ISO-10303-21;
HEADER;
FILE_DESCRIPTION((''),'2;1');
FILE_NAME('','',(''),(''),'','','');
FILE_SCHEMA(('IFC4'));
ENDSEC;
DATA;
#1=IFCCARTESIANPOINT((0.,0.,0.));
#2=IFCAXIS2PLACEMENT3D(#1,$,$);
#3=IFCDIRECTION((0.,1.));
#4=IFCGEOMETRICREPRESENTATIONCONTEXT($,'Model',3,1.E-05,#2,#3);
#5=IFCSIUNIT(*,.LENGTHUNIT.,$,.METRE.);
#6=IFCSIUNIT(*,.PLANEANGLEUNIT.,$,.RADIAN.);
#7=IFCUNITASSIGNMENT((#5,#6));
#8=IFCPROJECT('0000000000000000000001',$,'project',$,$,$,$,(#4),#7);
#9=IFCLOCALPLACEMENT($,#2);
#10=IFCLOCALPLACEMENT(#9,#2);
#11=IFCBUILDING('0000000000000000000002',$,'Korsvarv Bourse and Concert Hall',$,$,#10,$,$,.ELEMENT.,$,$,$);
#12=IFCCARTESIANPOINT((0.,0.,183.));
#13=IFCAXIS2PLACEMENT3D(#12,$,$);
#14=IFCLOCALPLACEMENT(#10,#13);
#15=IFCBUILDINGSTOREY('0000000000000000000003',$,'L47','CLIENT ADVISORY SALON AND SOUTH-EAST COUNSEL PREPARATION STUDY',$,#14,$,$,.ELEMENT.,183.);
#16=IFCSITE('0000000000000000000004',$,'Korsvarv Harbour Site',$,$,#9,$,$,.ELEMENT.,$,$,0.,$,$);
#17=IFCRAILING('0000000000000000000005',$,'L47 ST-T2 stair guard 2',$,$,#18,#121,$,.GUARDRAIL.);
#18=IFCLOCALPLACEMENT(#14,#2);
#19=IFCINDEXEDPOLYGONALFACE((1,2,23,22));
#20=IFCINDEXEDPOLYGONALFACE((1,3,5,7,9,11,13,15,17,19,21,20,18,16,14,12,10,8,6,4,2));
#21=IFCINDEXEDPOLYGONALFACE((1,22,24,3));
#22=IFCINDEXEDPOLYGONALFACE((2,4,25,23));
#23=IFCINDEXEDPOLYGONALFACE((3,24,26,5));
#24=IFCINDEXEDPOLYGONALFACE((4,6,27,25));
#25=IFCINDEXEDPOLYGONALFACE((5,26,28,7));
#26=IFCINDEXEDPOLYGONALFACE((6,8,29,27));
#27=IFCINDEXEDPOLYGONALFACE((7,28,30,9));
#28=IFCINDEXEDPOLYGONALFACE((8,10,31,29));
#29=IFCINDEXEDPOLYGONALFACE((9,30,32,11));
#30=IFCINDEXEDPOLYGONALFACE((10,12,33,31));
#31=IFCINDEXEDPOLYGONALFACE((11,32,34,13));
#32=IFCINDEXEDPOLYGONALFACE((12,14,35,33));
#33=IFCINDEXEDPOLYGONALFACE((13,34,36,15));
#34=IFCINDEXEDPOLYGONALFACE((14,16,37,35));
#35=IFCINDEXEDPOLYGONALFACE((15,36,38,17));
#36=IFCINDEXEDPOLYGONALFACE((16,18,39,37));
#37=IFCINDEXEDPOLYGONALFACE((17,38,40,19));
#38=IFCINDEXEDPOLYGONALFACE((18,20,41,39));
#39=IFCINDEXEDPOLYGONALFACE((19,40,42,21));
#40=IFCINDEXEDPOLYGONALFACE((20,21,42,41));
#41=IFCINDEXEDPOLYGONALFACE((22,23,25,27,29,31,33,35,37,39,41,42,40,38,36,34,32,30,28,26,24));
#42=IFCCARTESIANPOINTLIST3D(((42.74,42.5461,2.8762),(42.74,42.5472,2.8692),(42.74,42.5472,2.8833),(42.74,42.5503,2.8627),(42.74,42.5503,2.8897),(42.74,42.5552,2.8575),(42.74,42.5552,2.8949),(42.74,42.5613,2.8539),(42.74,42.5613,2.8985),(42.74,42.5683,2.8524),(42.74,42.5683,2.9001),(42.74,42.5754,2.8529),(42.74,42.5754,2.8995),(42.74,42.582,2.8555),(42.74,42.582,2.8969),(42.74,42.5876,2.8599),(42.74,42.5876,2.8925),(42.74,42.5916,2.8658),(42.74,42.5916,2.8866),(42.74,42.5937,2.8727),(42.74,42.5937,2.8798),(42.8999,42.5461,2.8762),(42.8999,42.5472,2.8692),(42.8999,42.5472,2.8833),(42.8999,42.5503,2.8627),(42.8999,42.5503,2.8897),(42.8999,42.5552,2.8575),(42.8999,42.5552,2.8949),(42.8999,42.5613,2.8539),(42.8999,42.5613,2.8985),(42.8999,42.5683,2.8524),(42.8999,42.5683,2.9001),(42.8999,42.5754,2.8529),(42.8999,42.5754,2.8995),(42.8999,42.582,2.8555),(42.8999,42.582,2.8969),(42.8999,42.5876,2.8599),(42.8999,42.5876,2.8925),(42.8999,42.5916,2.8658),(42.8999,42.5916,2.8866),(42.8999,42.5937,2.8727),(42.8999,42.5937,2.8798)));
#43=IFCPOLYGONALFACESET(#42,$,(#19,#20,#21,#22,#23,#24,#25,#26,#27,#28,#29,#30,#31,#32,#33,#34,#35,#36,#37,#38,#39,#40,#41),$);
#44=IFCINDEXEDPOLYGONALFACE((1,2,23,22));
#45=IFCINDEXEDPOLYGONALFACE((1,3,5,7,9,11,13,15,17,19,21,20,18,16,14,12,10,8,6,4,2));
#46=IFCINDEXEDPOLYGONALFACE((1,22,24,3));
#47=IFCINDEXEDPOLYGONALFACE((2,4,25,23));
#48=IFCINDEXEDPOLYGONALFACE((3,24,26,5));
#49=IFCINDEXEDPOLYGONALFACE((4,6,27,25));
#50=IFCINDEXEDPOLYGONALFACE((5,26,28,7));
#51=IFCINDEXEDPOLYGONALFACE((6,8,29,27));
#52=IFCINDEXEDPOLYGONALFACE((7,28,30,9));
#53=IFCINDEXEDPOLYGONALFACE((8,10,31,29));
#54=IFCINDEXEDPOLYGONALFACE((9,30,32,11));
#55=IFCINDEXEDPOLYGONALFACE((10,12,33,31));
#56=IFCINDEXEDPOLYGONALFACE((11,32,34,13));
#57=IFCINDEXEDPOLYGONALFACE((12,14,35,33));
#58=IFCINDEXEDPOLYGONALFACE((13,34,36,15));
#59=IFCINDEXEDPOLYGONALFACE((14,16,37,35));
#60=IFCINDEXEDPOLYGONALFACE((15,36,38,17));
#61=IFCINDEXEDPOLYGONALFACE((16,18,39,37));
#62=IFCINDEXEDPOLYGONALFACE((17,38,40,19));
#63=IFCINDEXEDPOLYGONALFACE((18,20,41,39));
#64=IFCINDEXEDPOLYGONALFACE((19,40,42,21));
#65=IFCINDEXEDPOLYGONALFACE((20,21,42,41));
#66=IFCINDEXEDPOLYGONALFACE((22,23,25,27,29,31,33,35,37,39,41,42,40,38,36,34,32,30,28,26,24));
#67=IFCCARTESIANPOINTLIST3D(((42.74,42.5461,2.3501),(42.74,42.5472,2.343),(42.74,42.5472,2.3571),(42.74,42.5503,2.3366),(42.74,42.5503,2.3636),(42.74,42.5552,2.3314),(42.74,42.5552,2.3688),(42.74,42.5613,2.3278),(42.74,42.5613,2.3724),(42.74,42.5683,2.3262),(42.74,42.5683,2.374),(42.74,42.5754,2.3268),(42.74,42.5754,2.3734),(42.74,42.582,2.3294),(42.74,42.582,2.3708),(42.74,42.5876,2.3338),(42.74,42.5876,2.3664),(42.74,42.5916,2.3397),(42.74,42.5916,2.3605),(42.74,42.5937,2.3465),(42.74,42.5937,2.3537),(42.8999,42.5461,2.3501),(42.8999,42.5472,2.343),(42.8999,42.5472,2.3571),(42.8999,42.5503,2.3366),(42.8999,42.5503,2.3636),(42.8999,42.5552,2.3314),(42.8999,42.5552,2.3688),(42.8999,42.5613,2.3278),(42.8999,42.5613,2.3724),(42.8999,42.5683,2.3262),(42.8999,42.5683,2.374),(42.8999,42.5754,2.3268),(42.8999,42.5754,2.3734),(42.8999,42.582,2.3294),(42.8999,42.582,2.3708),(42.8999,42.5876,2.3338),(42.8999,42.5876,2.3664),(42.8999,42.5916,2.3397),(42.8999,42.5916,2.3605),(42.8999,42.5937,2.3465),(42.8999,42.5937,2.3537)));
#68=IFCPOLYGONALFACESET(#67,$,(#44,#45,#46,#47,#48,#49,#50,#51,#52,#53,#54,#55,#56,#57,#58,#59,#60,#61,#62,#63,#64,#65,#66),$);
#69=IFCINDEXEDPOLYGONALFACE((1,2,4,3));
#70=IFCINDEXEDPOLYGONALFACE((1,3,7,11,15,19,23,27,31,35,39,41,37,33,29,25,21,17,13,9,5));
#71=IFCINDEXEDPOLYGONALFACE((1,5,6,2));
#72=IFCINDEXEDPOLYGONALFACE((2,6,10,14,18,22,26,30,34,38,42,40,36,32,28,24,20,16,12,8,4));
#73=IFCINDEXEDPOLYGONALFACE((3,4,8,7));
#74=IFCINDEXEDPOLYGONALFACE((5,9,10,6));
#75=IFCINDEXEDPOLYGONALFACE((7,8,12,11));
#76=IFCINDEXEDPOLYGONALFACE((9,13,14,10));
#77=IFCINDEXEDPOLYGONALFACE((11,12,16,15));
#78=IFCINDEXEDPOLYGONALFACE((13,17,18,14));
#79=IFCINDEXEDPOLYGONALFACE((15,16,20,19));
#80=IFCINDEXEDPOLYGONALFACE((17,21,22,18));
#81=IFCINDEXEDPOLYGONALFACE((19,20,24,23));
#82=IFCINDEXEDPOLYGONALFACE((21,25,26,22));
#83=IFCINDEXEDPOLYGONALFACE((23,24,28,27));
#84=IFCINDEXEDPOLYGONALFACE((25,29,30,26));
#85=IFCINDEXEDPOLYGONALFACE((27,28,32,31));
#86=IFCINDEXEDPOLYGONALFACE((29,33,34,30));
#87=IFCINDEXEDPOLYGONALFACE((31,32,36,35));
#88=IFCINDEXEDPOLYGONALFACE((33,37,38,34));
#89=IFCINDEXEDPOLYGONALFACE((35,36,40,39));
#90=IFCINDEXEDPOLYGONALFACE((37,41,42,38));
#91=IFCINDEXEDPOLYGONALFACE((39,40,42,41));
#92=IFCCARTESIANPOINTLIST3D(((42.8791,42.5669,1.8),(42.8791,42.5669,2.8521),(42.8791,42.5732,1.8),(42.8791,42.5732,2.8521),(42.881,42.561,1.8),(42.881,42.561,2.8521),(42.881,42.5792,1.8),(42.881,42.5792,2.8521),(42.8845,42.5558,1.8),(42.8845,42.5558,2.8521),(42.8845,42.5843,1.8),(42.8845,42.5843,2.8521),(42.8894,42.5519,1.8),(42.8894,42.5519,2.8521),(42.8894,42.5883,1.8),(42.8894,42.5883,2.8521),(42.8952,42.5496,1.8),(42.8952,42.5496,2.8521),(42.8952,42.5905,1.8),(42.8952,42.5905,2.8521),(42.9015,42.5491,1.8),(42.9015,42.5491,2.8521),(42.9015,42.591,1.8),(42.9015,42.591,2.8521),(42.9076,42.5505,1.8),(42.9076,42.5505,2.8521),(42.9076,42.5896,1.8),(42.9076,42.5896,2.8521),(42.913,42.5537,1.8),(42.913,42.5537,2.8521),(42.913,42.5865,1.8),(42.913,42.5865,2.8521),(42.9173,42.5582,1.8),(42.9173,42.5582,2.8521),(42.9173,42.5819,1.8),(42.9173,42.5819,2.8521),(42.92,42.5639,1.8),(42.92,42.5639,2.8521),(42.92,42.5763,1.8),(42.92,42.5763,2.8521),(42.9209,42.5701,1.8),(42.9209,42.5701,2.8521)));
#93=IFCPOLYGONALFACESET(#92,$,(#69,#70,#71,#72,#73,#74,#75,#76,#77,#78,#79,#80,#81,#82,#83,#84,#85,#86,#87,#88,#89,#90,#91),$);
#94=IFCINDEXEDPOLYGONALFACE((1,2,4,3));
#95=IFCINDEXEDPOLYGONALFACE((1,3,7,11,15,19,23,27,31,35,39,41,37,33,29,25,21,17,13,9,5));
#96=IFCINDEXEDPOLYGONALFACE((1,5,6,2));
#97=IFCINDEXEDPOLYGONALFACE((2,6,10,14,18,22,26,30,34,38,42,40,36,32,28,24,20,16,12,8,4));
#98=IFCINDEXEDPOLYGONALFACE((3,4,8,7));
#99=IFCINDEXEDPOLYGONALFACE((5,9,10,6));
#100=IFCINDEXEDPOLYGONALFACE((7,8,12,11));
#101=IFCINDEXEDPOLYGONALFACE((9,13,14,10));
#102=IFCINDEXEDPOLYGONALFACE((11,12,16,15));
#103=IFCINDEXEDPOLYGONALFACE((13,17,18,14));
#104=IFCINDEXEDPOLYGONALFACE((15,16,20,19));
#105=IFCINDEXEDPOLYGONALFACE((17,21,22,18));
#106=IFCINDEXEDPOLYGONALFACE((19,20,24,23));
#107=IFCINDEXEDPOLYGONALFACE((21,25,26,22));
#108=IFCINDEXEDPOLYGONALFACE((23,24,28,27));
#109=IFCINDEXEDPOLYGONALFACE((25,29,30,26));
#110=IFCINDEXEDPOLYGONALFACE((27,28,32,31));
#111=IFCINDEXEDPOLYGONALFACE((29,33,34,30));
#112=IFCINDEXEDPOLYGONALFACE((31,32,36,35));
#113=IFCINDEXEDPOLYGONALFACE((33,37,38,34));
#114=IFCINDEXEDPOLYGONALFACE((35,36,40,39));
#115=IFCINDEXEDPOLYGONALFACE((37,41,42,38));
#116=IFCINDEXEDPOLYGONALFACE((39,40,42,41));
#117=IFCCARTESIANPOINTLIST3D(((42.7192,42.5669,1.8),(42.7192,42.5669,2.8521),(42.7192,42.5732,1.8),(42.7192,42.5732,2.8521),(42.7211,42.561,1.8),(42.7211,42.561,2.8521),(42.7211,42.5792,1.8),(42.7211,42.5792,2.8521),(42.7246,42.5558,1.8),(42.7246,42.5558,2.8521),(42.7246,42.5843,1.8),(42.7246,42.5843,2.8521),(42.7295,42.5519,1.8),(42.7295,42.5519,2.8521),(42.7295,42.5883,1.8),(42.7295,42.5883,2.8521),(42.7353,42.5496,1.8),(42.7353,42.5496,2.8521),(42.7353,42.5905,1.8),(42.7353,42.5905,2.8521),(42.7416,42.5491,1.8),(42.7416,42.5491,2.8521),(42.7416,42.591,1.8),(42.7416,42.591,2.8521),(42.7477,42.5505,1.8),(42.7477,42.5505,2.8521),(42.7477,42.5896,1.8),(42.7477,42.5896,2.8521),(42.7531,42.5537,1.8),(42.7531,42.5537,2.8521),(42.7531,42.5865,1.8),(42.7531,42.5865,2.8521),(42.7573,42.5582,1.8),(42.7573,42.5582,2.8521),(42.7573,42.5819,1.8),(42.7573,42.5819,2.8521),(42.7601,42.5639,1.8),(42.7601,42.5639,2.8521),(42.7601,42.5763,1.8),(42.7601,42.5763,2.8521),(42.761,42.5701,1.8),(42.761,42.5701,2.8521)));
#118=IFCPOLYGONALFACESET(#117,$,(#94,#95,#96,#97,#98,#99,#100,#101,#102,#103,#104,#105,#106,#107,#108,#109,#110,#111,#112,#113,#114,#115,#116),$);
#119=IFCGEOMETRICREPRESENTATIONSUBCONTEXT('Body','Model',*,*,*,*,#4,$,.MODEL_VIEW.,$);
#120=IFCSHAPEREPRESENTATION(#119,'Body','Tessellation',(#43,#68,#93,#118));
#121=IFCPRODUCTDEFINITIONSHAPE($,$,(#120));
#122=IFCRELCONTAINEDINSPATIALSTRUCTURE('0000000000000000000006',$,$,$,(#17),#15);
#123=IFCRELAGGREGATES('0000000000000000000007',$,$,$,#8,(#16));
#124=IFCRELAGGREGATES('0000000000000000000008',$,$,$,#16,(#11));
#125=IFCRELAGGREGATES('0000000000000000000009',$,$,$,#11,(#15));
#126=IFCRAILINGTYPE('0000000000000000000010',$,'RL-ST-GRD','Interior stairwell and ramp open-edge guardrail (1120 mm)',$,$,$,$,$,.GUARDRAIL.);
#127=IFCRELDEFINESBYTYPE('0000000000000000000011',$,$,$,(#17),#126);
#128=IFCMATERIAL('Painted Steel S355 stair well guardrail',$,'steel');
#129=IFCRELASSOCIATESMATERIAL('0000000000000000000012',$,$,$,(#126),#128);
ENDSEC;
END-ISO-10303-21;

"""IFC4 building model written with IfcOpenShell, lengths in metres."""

from ifc_helpers import new_model, si_unit, direction, frame, origin, origin_2d, place, context, subcontext, project, spatial, circle, extrude, material, type_object, element, save


model = new_model("IFC4")

# Units and contexts
model_context = context("Model", 3, precision=1e-05, world=origin(), true_north=direction((0.0, 1.0)))
body_context = subcontext(model_context, "Body", "Model", "MODEL_VIEW")
ifc_project = project(units=[si_unit("LENGTHUNIT", "METRE"), si_unit("PLANEANGLEUNIT", "RADIAN")], contexts=[model_context])

# Site, building, storey
site_placement = place(None, origin())
site = spatial("IfcSite", under=ifc_project, at=site_placement, Name="Korsvarv Harbour Site", CompositionType="ELEMENT", RefElevation=0.0)
building_placement = place(site_placement, origin())
building = spatial("IfcBuilding", under=site, at=building_placement, Name="Korsvarv Bourse and Concert Hall", CompositionType="ELEMENT")
storey_placement = place(building_placement, frame((0.0, 0.0, 183.0)))
storey = spatial("IfcBuildingStorey", under=building, at=storey_placement, Name="L47", Description="CLIENT ADVISORY SALON AND SOUTH-EAST COUNSEL PREPARATION STUDY", CompositionType="ELEMENT", Elevation=183.0)

# Railing
ifc_material_1 = material(Name="Painted Steel S355 stair well guardrail", Category="steel")
railing_type_1 = type_object("IfcRailingType", Name="RL-ST-GRD", Description="Interior stairwell and ramp open-edge guardrail (1120 mm)", PredefinedType="GUARDRAIL", material=ifc_material_1)
railing_1_placement = place(storey_placement, frame((42.8999, 42.5701, 1.8)))
element("IfcRailing", 1, at=railing_1_placement, inside=storey, type_object=railing_type_1, Name="L47 ST-T2 stair guard 2", PredefinedType="GUARDRAIL", context=body_context, shape_type="SweptSolid", body=[
    extrude(circle(Radius=0.0239, at=origin_2d()), frame((0.0, 0.0, 1.0762), z_axis=(-1.0, 0.0, 0.0), x_axis=(0.0, -1.0, 0.0)), (0.0, 0.0, 1.0), 0.1599),
    extrude(circle(Radius=0.0239, at=origin_2d()), frame((0.0, 0.0, 0.55), z_axis=(-1.0, 0.0, 0.0), x_axis=(0.0, -1.0, 0.0)), (0.0, 0.0, 1.0), 0.1599),
    extrude(circle(Radius=0.021, at=origin_2d()), origin(), (0.0, 0.0, 1.0), 1.052),
    extrude(circle(Radius=0.021, at=origin_2d()), frame((-0.1599, 0.0, 0.0)), (0.0, 0.0, 1.0), 1.052),
])

save(model, "model.ifc")
